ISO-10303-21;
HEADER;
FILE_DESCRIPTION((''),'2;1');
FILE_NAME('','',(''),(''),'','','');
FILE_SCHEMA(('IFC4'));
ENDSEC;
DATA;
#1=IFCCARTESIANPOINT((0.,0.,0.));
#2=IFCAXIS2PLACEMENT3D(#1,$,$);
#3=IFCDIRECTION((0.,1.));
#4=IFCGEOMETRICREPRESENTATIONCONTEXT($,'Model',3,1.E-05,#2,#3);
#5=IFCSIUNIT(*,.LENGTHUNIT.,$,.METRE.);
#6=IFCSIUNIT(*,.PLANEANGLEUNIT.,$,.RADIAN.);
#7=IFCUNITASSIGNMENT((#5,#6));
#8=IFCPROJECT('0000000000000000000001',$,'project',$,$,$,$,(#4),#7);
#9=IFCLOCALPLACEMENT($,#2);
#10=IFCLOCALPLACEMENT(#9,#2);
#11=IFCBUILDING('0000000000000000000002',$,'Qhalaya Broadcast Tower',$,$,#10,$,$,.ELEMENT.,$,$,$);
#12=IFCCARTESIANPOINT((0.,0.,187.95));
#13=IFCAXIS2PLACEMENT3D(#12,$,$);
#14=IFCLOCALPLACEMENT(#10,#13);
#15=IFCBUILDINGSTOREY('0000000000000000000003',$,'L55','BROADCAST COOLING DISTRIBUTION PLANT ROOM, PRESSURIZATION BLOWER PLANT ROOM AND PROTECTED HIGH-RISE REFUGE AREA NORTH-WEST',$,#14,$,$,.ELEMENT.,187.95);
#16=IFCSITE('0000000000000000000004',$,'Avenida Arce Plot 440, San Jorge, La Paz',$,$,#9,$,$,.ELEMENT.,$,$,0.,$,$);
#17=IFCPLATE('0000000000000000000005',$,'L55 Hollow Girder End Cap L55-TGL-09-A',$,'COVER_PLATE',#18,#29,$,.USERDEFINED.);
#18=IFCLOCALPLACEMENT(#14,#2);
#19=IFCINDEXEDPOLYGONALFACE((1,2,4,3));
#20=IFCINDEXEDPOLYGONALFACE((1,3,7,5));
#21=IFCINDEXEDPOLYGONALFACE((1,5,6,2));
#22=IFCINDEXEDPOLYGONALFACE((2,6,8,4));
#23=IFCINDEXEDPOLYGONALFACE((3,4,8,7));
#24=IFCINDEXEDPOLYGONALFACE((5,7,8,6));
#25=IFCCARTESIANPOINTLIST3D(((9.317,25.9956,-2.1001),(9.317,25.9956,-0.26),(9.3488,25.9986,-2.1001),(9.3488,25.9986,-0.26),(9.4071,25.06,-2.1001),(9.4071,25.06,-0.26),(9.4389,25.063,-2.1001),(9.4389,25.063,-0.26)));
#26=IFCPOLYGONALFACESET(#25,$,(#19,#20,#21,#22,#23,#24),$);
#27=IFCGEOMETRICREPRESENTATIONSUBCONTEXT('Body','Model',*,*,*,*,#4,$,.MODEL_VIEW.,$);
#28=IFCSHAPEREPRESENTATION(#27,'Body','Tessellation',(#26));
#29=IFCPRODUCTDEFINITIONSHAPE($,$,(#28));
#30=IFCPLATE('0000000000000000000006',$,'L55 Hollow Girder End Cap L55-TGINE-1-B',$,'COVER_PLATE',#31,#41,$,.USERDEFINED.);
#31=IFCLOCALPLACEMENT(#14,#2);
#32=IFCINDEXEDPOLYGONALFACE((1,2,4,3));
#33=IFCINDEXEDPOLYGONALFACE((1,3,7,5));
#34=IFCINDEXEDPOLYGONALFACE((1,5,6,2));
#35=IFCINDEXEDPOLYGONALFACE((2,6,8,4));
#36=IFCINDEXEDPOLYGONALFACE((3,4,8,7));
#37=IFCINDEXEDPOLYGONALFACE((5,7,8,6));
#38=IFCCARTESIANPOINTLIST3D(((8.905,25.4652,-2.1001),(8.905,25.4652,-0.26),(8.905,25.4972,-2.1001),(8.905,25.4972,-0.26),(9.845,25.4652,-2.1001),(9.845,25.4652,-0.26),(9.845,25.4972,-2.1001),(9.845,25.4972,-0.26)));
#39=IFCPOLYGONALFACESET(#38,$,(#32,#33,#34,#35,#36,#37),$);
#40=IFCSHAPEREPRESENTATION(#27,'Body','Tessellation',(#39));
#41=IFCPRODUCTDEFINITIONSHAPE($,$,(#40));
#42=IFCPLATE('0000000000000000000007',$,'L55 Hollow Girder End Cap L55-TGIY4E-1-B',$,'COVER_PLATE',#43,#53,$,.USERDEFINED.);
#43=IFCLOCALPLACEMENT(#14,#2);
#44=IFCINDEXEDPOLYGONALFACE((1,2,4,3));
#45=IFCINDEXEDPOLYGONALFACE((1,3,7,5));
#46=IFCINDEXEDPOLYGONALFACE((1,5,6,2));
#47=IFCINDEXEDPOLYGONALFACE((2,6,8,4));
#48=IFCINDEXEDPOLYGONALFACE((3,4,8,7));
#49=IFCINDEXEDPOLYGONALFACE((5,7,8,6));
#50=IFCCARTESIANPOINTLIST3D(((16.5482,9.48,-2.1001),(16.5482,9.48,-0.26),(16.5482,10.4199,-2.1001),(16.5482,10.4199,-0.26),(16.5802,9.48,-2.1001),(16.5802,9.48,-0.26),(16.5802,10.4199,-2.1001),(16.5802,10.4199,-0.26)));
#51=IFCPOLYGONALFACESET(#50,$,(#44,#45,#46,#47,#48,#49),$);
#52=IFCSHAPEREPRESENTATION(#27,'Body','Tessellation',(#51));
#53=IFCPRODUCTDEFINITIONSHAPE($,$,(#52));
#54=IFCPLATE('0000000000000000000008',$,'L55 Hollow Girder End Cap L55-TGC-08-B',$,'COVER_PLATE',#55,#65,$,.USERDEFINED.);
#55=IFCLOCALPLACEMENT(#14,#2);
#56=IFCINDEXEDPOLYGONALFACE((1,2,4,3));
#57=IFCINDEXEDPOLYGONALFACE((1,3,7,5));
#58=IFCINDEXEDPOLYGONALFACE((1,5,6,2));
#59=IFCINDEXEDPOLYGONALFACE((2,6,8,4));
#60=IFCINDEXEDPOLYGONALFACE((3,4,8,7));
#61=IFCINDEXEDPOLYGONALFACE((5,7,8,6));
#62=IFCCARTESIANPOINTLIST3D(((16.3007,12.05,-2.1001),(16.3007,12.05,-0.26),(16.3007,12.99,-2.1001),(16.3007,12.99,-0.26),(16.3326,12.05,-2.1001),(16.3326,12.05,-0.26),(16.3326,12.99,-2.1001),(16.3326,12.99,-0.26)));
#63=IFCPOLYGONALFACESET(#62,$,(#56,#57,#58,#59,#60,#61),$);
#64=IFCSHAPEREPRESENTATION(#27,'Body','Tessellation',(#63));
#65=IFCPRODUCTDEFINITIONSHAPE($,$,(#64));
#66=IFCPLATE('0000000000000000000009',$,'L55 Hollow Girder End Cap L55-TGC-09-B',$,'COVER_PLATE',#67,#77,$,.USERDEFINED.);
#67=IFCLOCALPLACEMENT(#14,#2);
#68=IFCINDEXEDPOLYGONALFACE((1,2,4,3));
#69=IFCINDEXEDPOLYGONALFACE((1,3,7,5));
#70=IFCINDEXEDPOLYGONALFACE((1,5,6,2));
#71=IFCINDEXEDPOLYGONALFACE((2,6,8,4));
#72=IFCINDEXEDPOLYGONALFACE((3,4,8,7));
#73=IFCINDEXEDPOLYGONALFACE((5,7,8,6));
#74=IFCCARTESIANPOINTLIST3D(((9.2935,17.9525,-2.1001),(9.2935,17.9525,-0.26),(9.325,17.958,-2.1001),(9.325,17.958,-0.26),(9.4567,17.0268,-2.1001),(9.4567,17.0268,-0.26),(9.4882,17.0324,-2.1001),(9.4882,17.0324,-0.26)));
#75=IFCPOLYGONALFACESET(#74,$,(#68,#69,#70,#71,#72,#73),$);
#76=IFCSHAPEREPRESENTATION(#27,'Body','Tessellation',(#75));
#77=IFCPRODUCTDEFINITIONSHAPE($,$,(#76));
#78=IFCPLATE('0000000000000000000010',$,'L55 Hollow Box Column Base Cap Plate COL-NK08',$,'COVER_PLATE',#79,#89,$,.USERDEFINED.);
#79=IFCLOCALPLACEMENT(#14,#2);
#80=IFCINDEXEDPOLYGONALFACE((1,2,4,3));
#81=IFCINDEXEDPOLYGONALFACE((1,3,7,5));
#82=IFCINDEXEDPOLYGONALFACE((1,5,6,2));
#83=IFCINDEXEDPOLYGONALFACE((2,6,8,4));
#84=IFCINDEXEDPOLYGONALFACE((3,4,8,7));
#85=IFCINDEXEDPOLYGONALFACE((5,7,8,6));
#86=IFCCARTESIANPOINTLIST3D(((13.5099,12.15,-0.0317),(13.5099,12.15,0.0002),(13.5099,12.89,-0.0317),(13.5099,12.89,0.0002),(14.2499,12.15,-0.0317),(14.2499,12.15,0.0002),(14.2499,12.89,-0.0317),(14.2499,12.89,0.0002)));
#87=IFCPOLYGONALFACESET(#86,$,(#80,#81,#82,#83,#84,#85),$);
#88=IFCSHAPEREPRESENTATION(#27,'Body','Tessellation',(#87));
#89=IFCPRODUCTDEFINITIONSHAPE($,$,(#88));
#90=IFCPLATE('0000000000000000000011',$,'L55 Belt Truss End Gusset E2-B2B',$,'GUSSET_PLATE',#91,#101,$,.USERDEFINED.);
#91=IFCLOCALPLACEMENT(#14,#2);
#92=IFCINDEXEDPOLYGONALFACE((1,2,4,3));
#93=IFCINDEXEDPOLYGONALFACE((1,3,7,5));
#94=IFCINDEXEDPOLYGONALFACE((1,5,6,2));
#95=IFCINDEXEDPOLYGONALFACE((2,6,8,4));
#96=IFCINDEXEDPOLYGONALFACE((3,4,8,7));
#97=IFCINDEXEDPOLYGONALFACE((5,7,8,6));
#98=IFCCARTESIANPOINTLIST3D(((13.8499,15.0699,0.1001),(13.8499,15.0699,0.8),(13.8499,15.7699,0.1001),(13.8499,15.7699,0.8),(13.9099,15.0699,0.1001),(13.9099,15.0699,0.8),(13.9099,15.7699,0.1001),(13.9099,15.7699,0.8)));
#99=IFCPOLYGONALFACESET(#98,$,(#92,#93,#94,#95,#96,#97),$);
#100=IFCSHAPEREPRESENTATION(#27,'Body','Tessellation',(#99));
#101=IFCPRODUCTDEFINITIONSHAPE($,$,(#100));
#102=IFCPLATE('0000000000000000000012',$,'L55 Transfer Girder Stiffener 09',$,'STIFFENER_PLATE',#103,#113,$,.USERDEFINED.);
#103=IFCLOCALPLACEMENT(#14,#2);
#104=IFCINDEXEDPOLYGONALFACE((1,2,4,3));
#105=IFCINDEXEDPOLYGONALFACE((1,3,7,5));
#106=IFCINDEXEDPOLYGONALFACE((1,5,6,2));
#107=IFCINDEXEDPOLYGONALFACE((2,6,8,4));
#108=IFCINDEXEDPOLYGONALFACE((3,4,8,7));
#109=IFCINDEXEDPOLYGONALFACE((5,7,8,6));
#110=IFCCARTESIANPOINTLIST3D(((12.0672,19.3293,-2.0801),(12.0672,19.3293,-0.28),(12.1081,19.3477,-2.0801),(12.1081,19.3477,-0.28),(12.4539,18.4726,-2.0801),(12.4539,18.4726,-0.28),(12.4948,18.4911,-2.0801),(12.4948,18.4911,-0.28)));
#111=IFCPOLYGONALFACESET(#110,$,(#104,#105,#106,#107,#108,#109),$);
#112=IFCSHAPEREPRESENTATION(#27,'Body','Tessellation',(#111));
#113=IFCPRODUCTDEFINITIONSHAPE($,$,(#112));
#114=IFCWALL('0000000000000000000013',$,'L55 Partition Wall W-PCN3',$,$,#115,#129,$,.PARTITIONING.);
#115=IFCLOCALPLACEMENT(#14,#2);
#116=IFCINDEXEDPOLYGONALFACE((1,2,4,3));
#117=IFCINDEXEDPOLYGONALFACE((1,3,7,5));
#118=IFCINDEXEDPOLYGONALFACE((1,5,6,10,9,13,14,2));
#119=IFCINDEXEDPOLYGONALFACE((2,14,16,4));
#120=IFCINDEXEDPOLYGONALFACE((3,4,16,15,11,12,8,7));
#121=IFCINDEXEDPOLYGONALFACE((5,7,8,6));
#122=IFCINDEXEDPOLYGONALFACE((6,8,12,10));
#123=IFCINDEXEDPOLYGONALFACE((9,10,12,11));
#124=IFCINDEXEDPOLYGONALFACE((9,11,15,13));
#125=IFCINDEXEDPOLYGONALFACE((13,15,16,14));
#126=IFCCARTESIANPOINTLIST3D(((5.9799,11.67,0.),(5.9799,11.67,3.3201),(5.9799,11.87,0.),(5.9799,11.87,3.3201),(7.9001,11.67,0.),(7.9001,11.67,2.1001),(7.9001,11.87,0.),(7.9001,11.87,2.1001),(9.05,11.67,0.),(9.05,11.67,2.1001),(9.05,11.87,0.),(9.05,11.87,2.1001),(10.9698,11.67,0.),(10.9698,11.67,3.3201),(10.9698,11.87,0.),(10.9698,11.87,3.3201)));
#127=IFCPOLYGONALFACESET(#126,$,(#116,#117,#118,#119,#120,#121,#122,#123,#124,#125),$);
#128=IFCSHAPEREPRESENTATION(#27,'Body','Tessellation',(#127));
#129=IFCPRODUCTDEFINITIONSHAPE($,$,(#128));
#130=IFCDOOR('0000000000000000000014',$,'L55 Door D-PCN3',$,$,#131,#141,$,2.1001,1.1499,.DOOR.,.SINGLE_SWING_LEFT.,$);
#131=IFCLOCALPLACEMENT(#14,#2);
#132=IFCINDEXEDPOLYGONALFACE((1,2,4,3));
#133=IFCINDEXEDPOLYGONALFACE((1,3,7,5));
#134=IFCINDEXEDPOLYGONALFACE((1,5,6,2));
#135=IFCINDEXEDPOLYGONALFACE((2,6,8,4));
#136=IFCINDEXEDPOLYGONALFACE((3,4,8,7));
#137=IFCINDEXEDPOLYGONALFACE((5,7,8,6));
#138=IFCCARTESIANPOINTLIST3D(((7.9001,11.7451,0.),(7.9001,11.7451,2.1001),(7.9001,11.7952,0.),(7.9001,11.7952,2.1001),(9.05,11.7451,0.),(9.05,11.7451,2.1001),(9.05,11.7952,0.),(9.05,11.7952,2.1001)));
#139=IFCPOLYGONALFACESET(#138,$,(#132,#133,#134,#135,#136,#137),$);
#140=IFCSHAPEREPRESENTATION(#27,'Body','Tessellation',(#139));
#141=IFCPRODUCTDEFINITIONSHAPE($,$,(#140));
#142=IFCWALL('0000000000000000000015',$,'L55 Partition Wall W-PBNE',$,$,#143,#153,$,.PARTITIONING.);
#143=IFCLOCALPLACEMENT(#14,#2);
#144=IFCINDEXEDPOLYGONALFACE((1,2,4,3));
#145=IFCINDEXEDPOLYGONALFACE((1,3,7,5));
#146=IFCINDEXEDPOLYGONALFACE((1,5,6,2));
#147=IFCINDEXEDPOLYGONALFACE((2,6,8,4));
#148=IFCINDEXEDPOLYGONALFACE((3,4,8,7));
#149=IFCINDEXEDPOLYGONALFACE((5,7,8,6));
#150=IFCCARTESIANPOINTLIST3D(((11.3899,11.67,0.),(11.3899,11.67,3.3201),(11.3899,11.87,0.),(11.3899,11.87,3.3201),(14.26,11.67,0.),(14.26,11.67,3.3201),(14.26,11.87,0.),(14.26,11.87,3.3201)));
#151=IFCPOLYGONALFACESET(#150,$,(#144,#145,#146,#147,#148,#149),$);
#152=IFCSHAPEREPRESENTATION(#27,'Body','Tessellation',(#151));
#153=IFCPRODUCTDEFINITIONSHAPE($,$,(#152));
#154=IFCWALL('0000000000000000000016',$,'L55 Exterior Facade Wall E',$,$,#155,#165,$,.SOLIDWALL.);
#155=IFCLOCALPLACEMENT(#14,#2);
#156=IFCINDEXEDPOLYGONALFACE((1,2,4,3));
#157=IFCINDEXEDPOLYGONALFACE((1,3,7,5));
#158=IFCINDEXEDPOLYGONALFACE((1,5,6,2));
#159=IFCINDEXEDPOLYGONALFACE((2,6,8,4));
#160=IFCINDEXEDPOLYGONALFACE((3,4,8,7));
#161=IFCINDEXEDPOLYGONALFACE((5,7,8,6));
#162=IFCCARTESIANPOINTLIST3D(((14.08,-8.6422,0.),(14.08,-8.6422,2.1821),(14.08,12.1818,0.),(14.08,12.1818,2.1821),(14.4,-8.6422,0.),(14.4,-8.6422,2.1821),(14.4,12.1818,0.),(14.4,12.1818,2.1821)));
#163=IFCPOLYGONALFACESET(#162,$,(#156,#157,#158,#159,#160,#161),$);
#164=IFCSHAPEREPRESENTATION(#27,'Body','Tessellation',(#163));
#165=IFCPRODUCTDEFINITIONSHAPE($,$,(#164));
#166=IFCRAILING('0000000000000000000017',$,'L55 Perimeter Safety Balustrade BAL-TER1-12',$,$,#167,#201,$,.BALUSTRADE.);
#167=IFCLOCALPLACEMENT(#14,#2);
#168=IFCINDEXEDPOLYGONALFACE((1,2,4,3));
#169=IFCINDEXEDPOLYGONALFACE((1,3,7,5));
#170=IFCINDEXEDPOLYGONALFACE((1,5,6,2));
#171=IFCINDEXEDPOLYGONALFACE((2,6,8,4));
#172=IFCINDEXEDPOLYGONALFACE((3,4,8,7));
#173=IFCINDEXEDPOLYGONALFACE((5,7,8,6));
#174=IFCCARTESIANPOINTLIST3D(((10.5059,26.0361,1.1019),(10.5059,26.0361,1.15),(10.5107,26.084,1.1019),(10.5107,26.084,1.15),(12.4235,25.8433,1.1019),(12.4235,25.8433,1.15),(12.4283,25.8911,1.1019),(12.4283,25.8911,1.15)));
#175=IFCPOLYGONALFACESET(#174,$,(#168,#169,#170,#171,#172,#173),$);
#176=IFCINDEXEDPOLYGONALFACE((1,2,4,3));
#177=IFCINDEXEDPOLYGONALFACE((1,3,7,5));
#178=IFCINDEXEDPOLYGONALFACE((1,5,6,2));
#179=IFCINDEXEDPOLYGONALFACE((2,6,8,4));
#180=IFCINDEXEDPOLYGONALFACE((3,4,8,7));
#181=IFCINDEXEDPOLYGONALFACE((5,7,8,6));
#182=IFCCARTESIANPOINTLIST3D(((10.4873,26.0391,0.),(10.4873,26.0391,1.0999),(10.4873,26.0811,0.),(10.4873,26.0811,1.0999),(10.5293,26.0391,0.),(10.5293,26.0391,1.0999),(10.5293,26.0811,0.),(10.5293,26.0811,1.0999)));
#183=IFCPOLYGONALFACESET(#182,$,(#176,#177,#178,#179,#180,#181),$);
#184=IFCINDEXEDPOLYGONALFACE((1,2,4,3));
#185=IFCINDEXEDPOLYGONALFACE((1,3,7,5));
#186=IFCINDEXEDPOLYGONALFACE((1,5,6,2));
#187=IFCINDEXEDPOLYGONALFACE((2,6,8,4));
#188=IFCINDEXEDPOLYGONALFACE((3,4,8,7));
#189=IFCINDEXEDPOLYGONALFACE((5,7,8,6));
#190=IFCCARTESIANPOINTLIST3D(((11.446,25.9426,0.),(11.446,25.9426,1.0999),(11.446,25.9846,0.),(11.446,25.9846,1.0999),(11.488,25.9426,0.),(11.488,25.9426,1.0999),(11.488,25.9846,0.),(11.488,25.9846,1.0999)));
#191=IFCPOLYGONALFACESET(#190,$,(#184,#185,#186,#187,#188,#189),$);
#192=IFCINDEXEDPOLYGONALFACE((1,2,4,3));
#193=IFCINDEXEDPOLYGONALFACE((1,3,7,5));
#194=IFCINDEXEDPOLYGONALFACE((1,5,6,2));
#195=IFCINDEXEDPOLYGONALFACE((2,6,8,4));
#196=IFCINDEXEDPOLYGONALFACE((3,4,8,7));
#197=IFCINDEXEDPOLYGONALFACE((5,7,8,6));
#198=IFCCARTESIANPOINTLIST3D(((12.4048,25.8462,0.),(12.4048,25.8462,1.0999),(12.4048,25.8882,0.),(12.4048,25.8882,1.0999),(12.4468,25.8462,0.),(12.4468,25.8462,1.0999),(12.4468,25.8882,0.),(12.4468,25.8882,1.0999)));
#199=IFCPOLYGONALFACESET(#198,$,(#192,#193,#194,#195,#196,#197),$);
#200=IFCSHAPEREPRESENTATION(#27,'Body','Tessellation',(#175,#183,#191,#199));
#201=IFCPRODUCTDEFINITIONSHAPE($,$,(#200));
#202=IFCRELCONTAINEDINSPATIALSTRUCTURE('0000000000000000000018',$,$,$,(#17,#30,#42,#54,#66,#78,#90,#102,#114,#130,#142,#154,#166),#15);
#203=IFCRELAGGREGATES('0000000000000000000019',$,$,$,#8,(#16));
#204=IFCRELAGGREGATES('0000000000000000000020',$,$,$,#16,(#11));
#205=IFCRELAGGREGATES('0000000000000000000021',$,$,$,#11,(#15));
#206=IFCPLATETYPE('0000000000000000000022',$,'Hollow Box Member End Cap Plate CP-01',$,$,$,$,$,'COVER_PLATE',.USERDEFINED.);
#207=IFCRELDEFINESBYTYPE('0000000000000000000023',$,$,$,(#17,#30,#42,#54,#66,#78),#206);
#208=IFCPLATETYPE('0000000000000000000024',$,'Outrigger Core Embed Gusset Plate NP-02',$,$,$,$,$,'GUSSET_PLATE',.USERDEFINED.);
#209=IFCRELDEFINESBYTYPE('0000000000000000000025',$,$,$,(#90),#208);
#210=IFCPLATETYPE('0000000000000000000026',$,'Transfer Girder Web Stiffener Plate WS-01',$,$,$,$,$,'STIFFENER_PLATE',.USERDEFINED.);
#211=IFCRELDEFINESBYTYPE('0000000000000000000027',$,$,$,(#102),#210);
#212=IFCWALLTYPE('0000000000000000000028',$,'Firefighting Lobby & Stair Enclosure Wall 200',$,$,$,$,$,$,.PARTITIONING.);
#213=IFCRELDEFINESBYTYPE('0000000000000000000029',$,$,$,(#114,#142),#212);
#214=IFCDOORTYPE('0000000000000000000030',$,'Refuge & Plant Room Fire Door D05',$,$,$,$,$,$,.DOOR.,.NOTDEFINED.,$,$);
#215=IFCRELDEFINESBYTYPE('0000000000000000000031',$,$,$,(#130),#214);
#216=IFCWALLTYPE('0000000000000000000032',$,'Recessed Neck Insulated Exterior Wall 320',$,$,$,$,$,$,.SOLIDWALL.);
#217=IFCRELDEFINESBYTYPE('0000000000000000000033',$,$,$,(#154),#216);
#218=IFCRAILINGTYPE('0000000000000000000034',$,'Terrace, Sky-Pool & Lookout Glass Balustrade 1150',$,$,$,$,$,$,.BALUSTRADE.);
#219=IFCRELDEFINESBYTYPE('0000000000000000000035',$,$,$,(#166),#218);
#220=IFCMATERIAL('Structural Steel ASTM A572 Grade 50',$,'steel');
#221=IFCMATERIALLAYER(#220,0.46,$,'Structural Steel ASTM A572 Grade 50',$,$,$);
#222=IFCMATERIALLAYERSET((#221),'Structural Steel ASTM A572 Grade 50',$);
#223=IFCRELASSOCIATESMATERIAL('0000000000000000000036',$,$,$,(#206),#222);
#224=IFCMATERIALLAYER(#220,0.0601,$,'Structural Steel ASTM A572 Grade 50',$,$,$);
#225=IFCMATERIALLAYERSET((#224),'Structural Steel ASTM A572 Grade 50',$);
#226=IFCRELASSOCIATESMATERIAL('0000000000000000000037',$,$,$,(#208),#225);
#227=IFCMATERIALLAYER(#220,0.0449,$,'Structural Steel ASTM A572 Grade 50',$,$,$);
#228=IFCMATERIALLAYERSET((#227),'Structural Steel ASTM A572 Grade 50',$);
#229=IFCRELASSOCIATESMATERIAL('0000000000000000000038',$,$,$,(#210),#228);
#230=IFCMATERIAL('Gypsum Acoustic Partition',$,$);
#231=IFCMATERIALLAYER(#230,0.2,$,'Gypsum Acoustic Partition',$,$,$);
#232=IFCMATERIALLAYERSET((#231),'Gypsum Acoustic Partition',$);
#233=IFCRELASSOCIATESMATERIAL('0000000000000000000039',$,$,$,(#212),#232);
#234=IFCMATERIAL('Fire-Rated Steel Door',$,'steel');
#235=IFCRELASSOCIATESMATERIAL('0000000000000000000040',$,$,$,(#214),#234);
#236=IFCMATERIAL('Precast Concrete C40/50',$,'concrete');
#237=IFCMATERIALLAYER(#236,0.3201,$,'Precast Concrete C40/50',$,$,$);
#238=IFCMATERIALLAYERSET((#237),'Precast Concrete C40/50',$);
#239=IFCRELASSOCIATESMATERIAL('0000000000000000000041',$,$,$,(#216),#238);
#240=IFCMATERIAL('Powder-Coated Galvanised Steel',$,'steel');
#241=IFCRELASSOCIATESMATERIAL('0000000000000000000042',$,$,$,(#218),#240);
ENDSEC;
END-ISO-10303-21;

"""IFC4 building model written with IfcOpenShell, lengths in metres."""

from ifc_helpers import new_model, si_unit, direction, frame, frame_2d, origin, origin_2d, place, context, subcontext, project, spatial, rectangle, extrude, material, layer, layer_set, type_object, element, fill, save


model = new_model("IFC4")

# Units and contexts
model_context = context("Model", 3, precision=1e-05, world=origin(), true_north=direction((0.0, 1.0)))
body_context = subcontext(model_context, "Body", "Model", "MODEL_VIEW")
ifc_project = project(units=[si_unit("LENGTHUNIT", "METRE"), si_unit("PLANEANGLEUNIT", "RADIAN")], contexts=[model_context])

# Site, building, storey
site_placement = place(None, origin())
site = spatial("IfcSite", under=ifc_project, at=site_placement, Name="Avenida Arce Plot 440, San Jorge, La Paz", CompositionType="ELEMENT", RefElevation=0.0)
building_placement = place(site_placement, origin())
building = spatial("IfcBuilding", under=site, at=building_placement, Name="Qhalaya Broadcast Tower", CompositionType="ELEMENT")
storey_placement = place(building_placement, frame((0.0, 0.0, 187.95)))
storey = spatial("IfcBuildingStorey", under=building, at=storey_placement, Name="L55", Description="BROADCAST COOLING DISTRIBUTION PLANT ROOM, PRESSURIZATION BLOWER PLANT ROOM AND PROTECTED HIGH-RISE REFUGE AREA NORTH-WEST", CompositionType="ELEMENT", Elevation=187.95)

# Shared definitions
ifc_material_1 = material(Name="Structural Steel ASTM A572 Grade 50", Category="steel")

# Plates
ifc_layer_1 = layer(ifc_material_1, 0.46, Name="Structural Steel ASTM A572 Grade 50")
ifc_layer_set_1 = layer_set([ifc_layer_1], Name="Structural Steel ASTM A572 Grade 50")
plate_type_1 = type_object("IfcPlateType", Name="Hollow Box Member End Cap Plate CP-01", ElementType="COVER_PLATE", PredefinedType="USERDEFINED", material=ifc_layer_set_1)
for number, where, z_axis, x_axis, name in (
    (1, (9.3779, 25.5293, -2.1001), (0.0, 0.0, 1.0), (0.095846, -0.995396, 0.0), "L55 Hollow Girder End Cap L55-TGL-09-A"),
    (2, (9.375, 25.4812, -2.1001), (0.0, 0.0, 1.0), (-1.0, 0.0, 0.0), "L55 Hollow Girder End Cap L55-TGINE-1-B"),
    (3, (16.5642, 9.95, -2.1001), (0.0, 0.0, 1.0), (0.0, 1.0, 0.0), "L55 Hollow Girder End Cap L55-TGIY4E-1-B"),
    (4, (16.3167, 12.52, -2.1001), (0.0, 0.0, 1.0), (0.0, 1.0, 0.0), "L55 Hollow Girder End Cap L55-TGC-08-B"),
    (5, (9.3909, 17.4924, -2.1001), (0.0, 0.0, 1.0), (-0.173665, 0.984805, 0.0), "L55 Hollow Girder End Cap L55-TGC-09-B"),
):
    element("IfcPlate", number, at=place(storey_placement, frame(where, z_axis=z_axis, x_axis=x_axis)), inside=storey, type_object=plate_type_1, Name=name, ObjectType="COVER_PLATE", PredefinedType="USERDEFINED", context=body_context, shape_type="SweptSolid", body=[
        extrude(rectangle(XDim=0.9399, YDim=0.032, at=origin_2d()), origin(), (0.0, 0.0, 1.0), 1.8401),
    ])
plate_1_placement = place(storey_placement, frame((13.8799, 12.52, -0.0317), z_axis=(0.0, 0.0, 1.0), x_axis=(0.0, 1.0, 0.0)))
element("IfcPlate", 6, at=plate_1_placement, inside=storey, type_object=plate_type_1, Name="L55 Hollow Box Column Base Cap Plate COL-NK08", ObjectType="COVER_PLATE", PredefinedType="USERDEFINED", context=body_context, shape_type="SweptSolid", body=[
    extrude(rectangle(XDim=0.74, YDim=0.74, at=origin_2d()), origin(), (0.0, 0.0, 1.0), 0.032),
])
ifc_layer_2 = layer(ifc_material_1, 0.0601, Name="Structural Steel ASTM A572 Grade 50")
ifc_layer_set_2 = layer_set([ifc_layer_2], Name="Structural Steel ASTM A572 Grade 50")
plate_type_2 = type_object("IfcPlateType", Name="Outrigger Core Embed Gusset Plate NP-02", ElementType="GUSSET_PLATE", PredefinedType="USERDEFINED", material=ifc_layer_set_2)
plate_2_placement = place(storey_placement, frame((13.8799, 15.4199, 0.1001), z_axis=(0.0, 0.0, 1.0), x_axis=(0.0, 1.0, 0.0)))
element("IfcPlate", 7, at=plate_2_placement, inside=storey, type_object=plate_type_2, Name="L55 Belt Truss End Gusset E2-B2B", ObjectType="GUSSET_PLATE", PredefinedType="USERDEFINED", context=body_context, shape_type="SweptSolid", body=[
    extrude(rectangle(XDim=0.7, YDim=0.0601, at=origin_2d()), origin(), (0.0, 0.0, 1.0), 0.7),
])
ifc_layer_3 = layer(ifc_material_1, 0.0449, Name="Structural Steel ASTM A572 Grade 50")
ifc_layer_set_3 = layer_set([ifc_layer_3], Name="Structural Steel ASTM A572 Grade 50")
plate_type_3 = type_object("IfcPlateType", Name="Transfer Girder Web Stiffener Plate WS-01", ElementType="STIFFENER_PLATE", PredefinedType="USERDEFINED", material=ifc_layer_set_3)
plate_3_placement = place(storey_placement, frame((12.281, 18.9102, -2.0801), z_axis=(0.0, 0.0, 1.0), x_axis=(0.411451, -0.911432, 0.0)))
element("IfcPlate", 8, at=plate_3_placement, inside=storey, type_object=plate_type_3, Name="L55 Transfer Girder Stiffener 09", ObjectType="STIFFENER_PLATE", PredefinedType="USERDEFINED", context=body_context, shape_type="SweptSolid", body=[
    extrude(rectangle(XDim=0.9399, YDim=0.0449, at=origin_2d()), origin(), (0.0, 0.0, 1.0), 1.8),
])

# Wall, opening, door
ifc_material_2 = material(Name="Gypsum Acoustic Partition")
ifc_layer_4 = layer(ifc_material_2, 0.2, Name="Gypsum Acoustic Partition")
ifc_layer_set_4 = layer_set([ifc_layer_4], Name="Gypsum Acoustic Partition")
wall_type_1 = type_object("IfcWallType", Name="Firefighting Lobby & Stair Enclosure Wall 200", PredefinedType="PARTITIONING", material=ifc_layer_set_4)
wall_1_placement = place(storey_placement, frame((10.97, 11.77, 0.0), z_axis=(0.0, 0.0, 1.0), x_axis=(-1.0, 0.0, 0.0)))
wall_1 = element("IfcWall", 9, at=wall_1_placement, inside=storey, type_object=wall_type_1, Name="L55 Partition Wall W-PCN3", PredefinedType="PARTITIONING", context=body_context, shape_type="SweptSolid", body=[
    extrude(rectangle(XDim=4.99, YDim=0.2, at=frame_2d((2.4951, 0.0))), origin(), (0.0, 0.0, 1.0), 3.3201),
])
opening_placement = place(wall_1_placement, frame((1.9199, 0.0, 0.0)))
opening = element("IfcOpeningElement", 10, at=opening_placement, cuts=wall_1, PredefinedType="OPENING", context=body_context, shape_type="SweptSolid", body=[
    extrude(rectangle(XDim=1.1499, YDim=2.1001, at=frame_2d((0.575, 1.05))), frame((0.0, 0.1121, 0.0), z_axis=(0.0, -1.0, 0.0), x_axis=(1.0, 0.0, 0.0)), (0.0, 0.0, 1.0), 0.2239),
])
ifc_material_3 = material(Name="Fire-Rated Steel Door", Category="steel")
door_type = type_object("IfcDoorType", Name="Refuge & Plant Room Fire Door D05", OperationType="NOTDEFINED", PredefinedType="DOOR", material=ifc_material_3)
door_placement = place(opening_placement, origin())
door = element("IfcDoor", 11, at=door_placement, inside=storey, type_object=door_type, Name="L55 Door D-PCN3", OperationType="SINGLE_SWING_LEFT", OverallHeight=2.1001, OverallWidth=1.1499, PredefinedType="DOOR", context=body_context, shape_type="SweptSolid", body=[
    extrude(rectangle(XDim=1.1499, YDim=2.1001, at=frame_2d((0.575, 1.05))), frame((0.0, 0.0249, 0.0), z_axis=(0.0, -1.0, 0.0), x_axis=(1.0, 0.0, 0.0)), (0.0, 0.0, 1.0), 0.05),
])
fill(opening, door)

# Walls
wall_2_placement = place(storey_placement, frame((11.3899, 11.77, 0.0), z_axis=(0.0, 0.0, 1.0), x_axis=(1.0, 0.0, 0.0)))
element("IfcWall", 12, at=wall_2_placement, inside=storey, type_object=wall_type_1, Name="L55 Partition Wall W-PBNE", PredefinedType="PARTITIONING", context=body_context, shape_type="SweptSolid", body=[
    extrude(rectangle(XDim=2.8701, YDim=0.2, at=frame_2d((1.4351, 0.0))), origin(), (0.0, 0.0, 1.0), 3.3201),
])
ifc_material_4 = material(Name="Precast Concrete C40/50", Category="concrete")
ifc_layer_5 = layer(ifc_material_4, 0.3201, Name="Precast Concrete C40/50")
ifc_layer_set_5 = layer_set([ifc_layer_5], Name="Precast Concrete C40/50")
wall_type_2 = type_object("IfcWallType", Name="Recessed Neck Insulated Exterior Wall 320", PredefinedType="SOLIDWALL", material=ifc_layer_set_5)
wall_3_placement = place(storey_placement, frame((14.24, 12.1819, 0.0), z_axis=(0.0, 0.0, 1.0), x_axis=(0.0, -1.0, 0.0)))
element("IfcWall", 13, at=wall_3_placement, inside=storey, type_object=wall_type_2, Name="L55 Exterior Facade Wall E", PredefinedType="SOLIDWALL", context=body_context, shape_type="SweptSolid", body=[
    extrude(rectangle(XDim=20.824, YDim=0.3201, at=frame_2d((10.4121, 0.0))), origin(), (0.0, 0.0, 1.0), 2.1821),
])

# Railing
ifc_material_5 = material(Name="Powder-Coated Galvanised Steel", Category="steel")
railing_type = type_object("IfcRailingType", Name="Terrace, Sky-Pool & Lookout Glass Balustrade 1150", PredefinedType="BALUSTRADE", material=ifc_material_5)
railing_1_placement = place(storey_placement, frame((10.5083, 26.0601, 0.0)))
element("IfcRailing", 14, at=railing_1_placement, inside=storey, type_object=railing_type, Name="L55 Perimeter Safety Balustrade BAL-TER1-12", PredefinedType="BALUSTRADE", context=body_context, shape_type="SweptSolid", body=[
    extrude(rectangle(XDim=0.0481, YDim=0.0481, at=origin_2d()), frame((0.0, 0.0, 1.126), z_axis=(0.994979, -0.100081, 0.0), x_axis=(0.100081, 0.994979, 0.0)), (0.0, 0.0, 1.0), 1.9272),
    extrude(rectangle(XDim=0.042, YDim=0.042, at=origin_2d()), origin(), (0.0, 0.0, 1.0), 1.0999),
    extrude(rectangle(XDim=0.042, YDim=0.042, at=origin_2d()), frame((0.9587, -0.0964, 0.0)), (0.0, 0.0, 1.0), 1.0999),
    extrude(rectangle(XDim=0.042, YDim=0.042, at=origin_2d()), frame((1.9175, -0.1929, 0.0)), (0.0, 0.0, 1.0), 1.0999),
])

save(model, "model.ifc")
